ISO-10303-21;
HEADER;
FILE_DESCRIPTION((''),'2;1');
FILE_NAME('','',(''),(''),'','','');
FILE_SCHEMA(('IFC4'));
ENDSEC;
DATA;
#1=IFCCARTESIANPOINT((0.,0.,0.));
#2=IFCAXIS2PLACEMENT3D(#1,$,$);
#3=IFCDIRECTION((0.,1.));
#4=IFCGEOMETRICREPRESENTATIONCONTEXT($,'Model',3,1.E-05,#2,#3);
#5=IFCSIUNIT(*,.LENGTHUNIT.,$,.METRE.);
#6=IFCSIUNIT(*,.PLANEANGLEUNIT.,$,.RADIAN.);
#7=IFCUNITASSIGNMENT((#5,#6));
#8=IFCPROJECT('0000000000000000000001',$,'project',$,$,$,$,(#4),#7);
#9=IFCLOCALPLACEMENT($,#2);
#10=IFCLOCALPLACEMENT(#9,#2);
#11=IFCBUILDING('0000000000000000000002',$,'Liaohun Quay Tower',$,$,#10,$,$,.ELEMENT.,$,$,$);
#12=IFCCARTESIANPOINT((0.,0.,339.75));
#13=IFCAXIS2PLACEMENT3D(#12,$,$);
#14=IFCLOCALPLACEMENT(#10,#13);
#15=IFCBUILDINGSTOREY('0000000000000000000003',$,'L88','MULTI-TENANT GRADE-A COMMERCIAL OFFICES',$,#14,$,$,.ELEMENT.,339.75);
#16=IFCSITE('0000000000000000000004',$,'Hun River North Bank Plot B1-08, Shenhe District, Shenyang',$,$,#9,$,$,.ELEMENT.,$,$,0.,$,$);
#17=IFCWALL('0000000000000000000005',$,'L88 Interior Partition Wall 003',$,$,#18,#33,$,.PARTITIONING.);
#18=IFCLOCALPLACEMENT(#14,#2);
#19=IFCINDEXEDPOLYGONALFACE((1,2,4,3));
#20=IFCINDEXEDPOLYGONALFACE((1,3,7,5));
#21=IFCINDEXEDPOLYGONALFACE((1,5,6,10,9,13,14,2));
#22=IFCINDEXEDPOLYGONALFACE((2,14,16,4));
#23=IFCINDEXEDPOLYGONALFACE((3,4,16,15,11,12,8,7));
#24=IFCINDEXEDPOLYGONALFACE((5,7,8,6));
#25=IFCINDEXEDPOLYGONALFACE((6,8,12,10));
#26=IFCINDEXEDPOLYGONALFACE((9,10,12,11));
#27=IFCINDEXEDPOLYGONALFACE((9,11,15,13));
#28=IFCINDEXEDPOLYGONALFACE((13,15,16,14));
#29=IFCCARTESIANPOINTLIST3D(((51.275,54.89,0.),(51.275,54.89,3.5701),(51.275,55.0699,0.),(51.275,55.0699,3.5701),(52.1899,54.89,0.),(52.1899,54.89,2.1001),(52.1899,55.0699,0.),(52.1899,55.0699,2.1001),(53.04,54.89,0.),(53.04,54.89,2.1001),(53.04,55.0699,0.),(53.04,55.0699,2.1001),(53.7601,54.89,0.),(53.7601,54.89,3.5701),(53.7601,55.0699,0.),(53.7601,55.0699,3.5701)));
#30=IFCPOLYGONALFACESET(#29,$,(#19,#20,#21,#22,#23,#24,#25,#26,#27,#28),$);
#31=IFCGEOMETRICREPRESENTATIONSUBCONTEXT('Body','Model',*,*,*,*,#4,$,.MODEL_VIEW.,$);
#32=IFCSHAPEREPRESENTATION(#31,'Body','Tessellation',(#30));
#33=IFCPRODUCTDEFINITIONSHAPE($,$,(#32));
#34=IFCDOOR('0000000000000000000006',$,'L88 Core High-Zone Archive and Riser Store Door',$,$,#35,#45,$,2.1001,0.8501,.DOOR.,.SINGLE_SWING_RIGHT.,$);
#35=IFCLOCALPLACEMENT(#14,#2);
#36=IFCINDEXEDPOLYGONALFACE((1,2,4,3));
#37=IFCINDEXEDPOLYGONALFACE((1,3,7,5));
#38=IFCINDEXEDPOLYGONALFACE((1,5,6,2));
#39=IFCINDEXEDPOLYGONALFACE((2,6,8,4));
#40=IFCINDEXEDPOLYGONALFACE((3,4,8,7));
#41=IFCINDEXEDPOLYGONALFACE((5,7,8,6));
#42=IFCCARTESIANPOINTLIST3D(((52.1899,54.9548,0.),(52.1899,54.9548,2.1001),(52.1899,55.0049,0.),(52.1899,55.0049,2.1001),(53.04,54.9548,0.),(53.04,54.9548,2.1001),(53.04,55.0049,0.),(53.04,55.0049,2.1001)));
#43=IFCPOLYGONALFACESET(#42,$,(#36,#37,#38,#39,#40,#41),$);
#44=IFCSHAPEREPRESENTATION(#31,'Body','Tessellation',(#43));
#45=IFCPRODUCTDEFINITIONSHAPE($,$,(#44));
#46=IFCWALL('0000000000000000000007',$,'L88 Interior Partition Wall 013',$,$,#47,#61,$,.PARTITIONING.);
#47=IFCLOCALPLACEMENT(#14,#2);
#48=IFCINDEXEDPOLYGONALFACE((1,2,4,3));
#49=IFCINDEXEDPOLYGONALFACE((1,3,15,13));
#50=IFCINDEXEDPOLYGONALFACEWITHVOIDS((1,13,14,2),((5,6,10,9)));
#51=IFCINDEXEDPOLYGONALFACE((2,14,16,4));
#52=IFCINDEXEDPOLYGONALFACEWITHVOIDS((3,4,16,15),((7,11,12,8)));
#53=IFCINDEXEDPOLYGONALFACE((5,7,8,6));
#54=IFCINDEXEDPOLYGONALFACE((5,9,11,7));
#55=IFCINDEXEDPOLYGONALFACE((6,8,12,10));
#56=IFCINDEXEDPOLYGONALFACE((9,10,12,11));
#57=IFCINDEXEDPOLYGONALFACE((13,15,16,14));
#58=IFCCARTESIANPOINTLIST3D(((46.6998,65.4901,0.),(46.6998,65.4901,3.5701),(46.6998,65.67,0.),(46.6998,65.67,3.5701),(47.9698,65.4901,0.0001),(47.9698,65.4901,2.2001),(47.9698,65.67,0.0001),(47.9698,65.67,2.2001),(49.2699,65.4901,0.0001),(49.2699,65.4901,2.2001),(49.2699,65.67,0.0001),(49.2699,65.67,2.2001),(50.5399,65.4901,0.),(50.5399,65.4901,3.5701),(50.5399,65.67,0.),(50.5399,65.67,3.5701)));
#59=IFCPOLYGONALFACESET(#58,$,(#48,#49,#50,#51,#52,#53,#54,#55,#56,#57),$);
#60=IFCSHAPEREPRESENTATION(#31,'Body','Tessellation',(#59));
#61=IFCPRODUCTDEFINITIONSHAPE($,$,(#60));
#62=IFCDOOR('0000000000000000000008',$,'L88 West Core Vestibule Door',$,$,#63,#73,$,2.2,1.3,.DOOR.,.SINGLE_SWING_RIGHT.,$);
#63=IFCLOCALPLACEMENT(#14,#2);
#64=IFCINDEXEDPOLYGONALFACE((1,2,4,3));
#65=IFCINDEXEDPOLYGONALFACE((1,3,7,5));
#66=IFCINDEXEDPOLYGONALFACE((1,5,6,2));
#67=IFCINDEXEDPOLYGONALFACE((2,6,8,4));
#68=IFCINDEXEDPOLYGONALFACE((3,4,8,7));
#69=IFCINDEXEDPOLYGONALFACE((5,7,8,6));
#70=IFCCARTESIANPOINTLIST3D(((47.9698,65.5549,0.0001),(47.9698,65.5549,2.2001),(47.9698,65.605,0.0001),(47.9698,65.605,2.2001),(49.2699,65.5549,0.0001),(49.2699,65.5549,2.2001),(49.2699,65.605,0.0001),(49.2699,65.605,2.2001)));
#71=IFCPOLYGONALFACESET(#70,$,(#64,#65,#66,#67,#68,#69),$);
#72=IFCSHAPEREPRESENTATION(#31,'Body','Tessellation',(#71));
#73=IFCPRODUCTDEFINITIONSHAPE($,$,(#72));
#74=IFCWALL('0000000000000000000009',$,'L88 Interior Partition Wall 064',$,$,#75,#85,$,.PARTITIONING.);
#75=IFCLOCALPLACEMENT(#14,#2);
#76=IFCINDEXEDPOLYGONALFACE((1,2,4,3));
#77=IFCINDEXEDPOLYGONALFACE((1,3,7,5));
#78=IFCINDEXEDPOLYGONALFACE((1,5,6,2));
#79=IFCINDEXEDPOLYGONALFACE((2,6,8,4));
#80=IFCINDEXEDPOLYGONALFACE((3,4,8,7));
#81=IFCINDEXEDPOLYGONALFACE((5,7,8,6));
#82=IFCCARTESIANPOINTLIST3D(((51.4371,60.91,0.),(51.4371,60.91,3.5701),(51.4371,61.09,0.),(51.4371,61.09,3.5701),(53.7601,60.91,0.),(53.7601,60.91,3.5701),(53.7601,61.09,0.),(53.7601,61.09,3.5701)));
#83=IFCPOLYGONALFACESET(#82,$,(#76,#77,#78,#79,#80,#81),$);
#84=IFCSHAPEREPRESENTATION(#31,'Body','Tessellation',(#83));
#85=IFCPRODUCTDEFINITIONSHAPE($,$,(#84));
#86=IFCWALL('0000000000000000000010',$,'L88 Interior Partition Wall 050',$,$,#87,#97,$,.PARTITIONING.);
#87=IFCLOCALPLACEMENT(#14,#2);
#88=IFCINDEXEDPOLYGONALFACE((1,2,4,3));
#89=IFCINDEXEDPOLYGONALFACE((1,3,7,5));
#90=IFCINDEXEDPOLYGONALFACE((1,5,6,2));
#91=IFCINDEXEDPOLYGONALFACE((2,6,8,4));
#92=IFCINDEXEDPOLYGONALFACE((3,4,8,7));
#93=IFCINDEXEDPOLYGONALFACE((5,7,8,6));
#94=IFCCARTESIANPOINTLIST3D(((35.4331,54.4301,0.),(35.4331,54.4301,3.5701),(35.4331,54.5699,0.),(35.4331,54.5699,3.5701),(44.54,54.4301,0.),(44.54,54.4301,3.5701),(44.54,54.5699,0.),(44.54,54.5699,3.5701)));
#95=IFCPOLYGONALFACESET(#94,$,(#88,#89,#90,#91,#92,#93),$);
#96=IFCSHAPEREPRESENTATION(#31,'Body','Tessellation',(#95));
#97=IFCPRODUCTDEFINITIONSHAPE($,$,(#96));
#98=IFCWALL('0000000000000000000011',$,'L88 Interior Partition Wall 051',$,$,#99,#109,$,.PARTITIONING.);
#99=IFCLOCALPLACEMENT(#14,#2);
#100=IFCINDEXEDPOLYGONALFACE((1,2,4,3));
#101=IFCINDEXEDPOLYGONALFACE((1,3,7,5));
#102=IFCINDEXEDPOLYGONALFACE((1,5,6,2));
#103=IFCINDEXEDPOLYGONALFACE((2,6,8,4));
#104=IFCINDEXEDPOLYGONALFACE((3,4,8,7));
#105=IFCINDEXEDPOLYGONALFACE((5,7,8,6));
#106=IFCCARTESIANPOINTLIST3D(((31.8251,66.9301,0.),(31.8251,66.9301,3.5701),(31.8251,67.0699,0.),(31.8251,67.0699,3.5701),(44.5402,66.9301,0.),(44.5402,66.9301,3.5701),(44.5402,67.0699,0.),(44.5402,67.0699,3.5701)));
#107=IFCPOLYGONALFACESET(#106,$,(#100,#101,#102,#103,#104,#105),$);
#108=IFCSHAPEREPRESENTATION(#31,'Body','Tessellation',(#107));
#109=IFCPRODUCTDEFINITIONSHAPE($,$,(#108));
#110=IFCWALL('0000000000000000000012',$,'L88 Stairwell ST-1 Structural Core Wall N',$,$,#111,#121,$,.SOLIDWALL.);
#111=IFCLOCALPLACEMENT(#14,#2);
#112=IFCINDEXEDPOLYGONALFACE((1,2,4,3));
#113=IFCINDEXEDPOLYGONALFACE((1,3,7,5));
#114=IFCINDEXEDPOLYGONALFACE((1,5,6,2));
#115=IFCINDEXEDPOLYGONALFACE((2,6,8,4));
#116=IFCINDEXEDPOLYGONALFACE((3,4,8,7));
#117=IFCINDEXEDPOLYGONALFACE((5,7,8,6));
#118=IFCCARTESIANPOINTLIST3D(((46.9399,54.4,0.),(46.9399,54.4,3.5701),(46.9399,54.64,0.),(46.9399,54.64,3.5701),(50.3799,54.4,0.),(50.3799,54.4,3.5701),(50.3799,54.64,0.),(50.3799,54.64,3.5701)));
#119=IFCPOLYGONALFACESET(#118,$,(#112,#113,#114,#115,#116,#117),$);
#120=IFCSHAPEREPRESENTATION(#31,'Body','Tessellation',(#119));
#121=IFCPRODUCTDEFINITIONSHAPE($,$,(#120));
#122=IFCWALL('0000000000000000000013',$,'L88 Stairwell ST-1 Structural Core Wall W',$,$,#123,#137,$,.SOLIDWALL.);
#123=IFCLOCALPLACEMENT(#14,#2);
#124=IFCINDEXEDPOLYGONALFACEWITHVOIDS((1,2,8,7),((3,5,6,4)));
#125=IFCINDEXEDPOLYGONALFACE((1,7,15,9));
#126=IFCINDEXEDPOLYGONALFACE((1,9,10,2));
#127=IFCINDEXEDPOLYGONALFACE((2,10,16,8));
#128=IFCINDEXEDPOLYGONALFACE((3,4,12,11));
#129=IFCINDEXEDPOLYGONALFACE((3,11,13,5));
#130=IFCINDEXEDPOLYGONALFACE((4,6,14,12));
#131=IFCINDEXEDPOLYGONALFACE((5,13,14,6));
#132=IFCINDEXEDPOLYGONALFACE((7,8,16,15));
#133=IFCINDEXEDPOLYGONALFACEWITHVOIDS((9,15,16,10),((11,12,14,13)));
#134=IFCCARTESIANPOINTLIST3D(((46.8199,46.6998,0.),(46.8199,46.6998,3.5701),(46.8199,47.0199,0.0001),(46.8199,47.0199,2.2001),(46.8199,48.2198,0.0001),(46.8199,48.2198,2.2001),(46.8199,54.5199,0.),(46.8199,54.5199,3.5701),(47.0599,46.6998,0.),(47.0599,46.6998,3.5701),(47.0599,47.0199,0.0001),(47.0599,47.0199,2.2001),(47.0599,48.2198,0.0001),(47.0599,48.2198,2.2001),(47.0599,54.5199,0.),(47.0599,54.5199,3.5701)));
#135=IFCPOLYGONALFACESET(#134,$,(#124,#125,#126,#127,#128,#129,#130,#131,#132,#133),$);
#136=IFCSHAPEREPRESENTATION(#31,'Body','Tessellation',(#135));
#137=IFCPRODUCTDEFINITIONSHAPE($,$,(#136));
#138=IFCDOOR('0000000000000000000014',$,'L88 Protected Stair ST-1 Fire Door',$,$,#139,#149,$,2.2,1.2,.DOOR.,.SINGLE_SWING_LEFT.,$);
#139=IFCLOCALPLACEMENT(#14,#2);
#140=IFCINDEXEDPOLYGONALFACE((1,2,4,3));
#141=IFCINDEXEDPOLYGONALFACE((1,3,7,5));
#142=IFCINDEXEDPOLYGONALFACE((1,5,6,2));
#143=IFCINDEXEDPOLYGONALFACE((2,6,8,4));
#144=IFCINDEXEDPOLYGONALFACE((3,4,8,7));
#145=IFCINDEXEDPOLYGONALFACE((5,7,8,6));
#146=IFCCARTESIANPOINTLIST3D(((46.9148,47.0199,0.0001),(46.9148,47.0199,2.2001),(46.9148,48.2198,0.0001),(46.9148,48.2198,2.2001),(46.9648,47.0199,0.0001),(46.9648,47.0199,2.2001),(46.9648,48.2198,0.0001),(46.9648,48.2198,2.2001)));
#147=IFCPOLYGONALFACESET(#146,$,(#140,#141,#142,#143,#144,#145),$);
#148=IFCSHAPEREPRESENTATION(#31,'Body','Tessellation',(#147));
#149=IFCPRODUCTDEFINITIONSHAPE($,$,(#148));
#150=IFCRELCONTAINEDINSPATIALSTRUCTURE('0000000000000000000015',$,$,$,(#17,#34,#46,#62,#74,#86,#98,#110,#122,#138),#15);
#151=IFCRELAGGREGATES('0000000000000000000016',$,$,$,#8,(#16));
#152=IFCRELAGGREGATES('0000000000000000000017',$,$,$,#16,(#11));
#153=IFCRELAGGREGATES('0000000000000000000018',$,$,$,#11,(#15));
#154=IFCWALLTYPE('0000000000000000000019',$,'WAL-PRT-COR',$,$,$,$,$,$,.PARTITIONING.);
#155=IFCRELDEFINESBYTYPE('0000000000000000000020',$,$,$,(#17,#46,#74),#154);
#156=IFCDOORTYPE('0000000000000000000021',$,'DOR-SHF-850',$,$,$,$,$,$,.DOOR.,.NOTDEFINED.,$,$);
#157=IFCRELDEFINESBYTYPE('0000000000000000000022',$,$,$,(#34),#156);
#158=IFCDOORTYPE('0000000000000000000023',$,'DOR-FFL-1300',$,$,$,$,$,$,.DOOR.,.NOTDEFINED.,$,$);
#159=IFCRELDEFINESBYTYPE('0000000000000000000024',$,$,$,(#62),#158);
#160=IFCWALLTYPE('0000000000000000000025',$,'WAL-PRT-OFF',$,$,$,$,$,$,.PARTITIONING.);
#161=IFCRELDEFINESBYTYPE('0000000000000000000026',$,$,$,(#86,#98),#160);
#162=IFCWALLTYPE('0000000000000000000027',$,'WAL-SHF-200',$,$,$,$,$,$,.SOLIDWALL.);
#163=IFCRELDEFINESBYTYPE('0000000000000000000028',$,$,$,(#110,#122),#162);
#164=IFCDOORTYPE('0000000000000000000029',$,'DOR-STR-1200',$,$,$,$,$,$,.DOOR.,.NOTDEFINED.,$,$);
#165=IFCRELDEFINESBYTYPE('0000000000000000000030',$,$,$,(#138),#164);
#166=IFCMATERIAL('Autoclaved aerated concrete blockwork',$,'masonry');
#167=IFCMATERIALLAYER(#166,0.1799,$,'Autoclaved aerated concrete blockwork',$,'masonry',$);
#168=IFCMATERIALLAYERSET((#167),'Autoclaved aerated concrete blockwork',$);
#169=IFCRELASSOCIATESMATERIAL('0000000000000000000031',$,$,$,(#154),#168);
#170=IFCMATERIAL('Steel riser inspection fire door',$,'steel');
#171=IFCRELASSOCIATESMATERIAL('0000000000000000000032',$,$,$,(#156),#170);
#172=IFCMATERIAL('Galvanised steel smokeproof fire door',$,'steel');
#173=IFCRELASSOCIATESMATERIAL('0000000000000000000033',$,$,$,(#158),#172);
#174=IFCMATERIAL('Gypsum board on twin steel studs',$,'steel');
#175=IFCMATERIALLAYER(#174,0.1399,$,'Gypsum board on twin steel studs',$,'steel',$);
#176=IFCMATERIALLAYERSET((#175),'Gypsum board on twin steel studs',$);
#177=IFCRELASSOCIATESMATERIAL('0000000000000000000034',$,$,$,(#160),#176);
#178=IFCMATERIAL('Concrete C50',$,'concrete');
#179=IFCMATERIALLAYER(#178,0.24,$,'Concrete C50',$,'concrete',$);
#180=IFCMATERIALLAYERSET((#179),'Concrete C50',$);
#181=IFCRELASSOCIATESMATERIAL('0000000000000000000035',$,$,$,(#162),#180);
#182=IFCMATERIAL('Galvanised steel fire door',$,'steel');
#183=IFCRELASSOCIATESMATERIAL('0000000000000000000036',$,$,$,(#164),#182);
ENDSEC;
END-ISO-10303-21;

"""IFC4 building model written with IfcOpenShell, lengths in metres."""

from ifc_helpers import new_model, si_unit, direction, frame, frame_2d, origin, place, context, subcontext, project, spatial, rectangle, extrude, source, transform, mapped, material, layer, layer_set, type_object, element, fill, save


model = new_model("IFC4")

# Units and contexts
model_context = context("Model", 3, precision=1e-05, world=origin(), true_north=direction((0.0, 1.0)))
body_context = subcontext(model_context, "Body", "Model", "MODEL_VIEW")
ifc_project = project(units=[si_unit("LENGTHUNIT", "METRE"), si_unit("PLANEANGLEUNIT", "RADIAN")], contexts=[model_context])

# Site, building, storey
site_placement = place(None, origin())
site = spatial("IfcSite", under=ifc_project, at=site_placement, Name="Hun River North Bank Plot B1-08, Shenhe District, Shenyang", CompositionType="ELEMENT", RefElevation=0.0)
building_placement = place(site_placement, origin())
building = spatial("IfcBuilding", under=site, at=building_placement, Name="Liaohun Quay Tower", CompositionType="ELEMENT")
storey_placement = place(building_placement, frame((0.0, 0.0, 339.75)))
storey = spatial("IfcBuildingStorey", under=building, at=storey_placement, Name="L88", Description="MULTI-TENANT GRADE-A COMMERCIAL OFFICES", CompositionType="ELEMENT", Elevation=339.75)

# Shared definitions
ifc_material_1 = material(Name="Concrete C50", Category="concrete")

# Walls, openings, doors
ifc_material_2 = material(Name="Autoclaved aerated concrete blockwork", Category="masonry")
ifc_layer_1 = layer(ifc_material_2, 0.1799, Name="Autoclaved aerated concrete blockwork", Category="masonry")
ifc_layer_set_1 = layer_set([ifc_layer_1], Name="Autoclaved aerated concrete blockwork")
wall_type_1 = type_object("IfcWallType", Name="WAL-PRT-COR", PredefinedType="PARTITIONING", material=ifc_layer_set_1)
wall_1_placement = place(storey_placement, frame((51.2749, 54.98, 0.0), z_axis=(0.0, 0.0, 1.0), x_axis=(1.0, 0.0, 0.0)))
wall_1 = element("IfcWall", 1, at=wall_1_placement, inside=storey, type_object=wall_type_1, Name="L88 Interior Partition Wall 003", PredefinedType="PARTITIONING", context=body_context, shape_type="SweptSolid", body=[
    extrude(rectangle(XDim=2.4851, YDim=0.1799, at=frame_2d((1.2427, 0.0))), origin(), (0.0, 0.0, 1.0), 3.5701),
])
shared_shape_1 = source(origin(), body_context, "Body", "SweptSolid", [
    extrude(rectangle(XDim=0.8501, YDim=2.1001, at=frame_2d((0.425, 1.05))), frame((0.0, 0.0999, 0.0), z_axis=(0.0, -1.0, 0.0), x_axis=(1.0, 0.0, 0.0)), (0.0, 0.0, 1.0), 0.2),
])
opening_1_placement = place(wall_1_placement, frame((0.915, 0.0, 0.0)))
opening_1 = element("IfcOpeningElement", 2, at=opening_1_placement, cuts=wall_1, PredefinedType="OPENING", context=body_context, shape_type="MappedRepresentation", body=[
    mapped(shared_shape_1, transform((0.0, 0.0, 0.0), x_axis=(1.0, 0.0, 0.0), y_axis=(0.0, 1.0, 0.0), z_axis=(0.0, 0.0, 1.0), scale=1.0)),
])
ifc_material_3 = material(Name="Steel riser inspection fire door", Category="steel")
door_type_1 = type_object("IfcDoorType", Name="DOR-SHF-850", OperationType="NOTDEFINED", PredefinedType="DOOR", material=ifc_material_3)
shared_shape_2 = source(origin(), body_context, "Body", "SweptSolid", [
    extrude(rectangle(XDim=0.8501, YDim=2.1001, at=frame_2d((0.425, 1.05))), frame((0.0, 0.0249, 0.0), z_axis=(0.0, -1.0, 0.0), x_axis=(1.0, 0.0, 0.0)), (0.0, 0.0, 1.0), 0.05),
])
door_1_placement = place(opening_1_placement, origin())
door_1 = element("IfcDoor", 3, at=door_1_placement, inside=storey, type_object=door_type_1, Name="L88 Core High-Zone Archive and Riser Store Door", OperationType="SINGLE_SWING_RIGHT", OverallHeight=2.1001, OverallWidth=0.8501, PredefinedType="DOOR", context=body_context, shape_type="MappedRepresentation", body=[
    mapped(shared_shape_2, transform((0.0, 0.0, 0.0), x_axis=(1.0, 0.0, 0.0), y_axis=(0.0, 1.0, 0.0), z_axis=(0.0, 0.0, 1.0), scale=1.0)),
])
fill(opening_1, door_1)
wall_2_placement = place(storey_placement, frame((46.7, 65.5801, 0.0), z_axis=(0.0, 0.0, 1.0), x_axis=(1.0, 0.0, 0.0)))
wall_2 = element("IfcWall", 4, at=wall_2_placement, inside=storey, type_object=wall_type_1, Name="L88 Interior Partition Wall 013", PredefinedType="PARTITIONING", context=body_context, shape_type="SweptSolid", body=[
    extrude(rectangle(XDim=3.8401, YDim=0.1799, at=frame_2d((1.9199, 0.0))), origin(), (0.0, 0.0, 1.0), 3.5701),
])
shared_shape_3 = source(origin(), body_context, "Body", "SweptSolid", [
    extrude(rectangle(XDim=1.3, YDim=2.2, at=frame_2d((0.6499, 1.1001))), frame((0.0, 0.0999, 0.0), z_axis=(0.0, -1.0, 0.0), x_axis=(1.0, 0.0, 0.0)), (0.0, 0.0, 1.0), 0.2),
])
opening_2_placement = place(wall_2_placement, frame((1.27, 0.0, 0.0)))
opening_2 = element("IfcOpeningElement", 5, at=opening_2_placement, cuts=wall_2, PredefinedType="OPENING", context=body_context, shape_type="MappedRepresentation", body=[
    mapped(shared_shape_3, transform((0.0, 0.0, 0.0), x_axis=(1.0, 0.0, 0.0), y_axis=(0.0, 1.0, 0.0), z_axis=(0.0, 0.0, 1.0), scale=1.0)),
])
ifc_material_4 = material(Name="Galvanised steel smokeproof fire door", Category="steel")
door_type_2 = type_object("IfcDoorType", Name="DOR-FFL-1300", OperationType="NOTDEFINED", PredefinedType="DOOR", material=ifc_material_4)
shared_shape_4 = source(origin(), body_context, "Body", "SweptSolid", [
    extrude(rectangle(XDim=1.3, YDim=2.2, at=frame_2d((0.6499, 1.1001))), frame((0.0, 0.0249, 0.0), z_axis=(0.0, -1.0, 0.0), x_axis=(1.0, 0.0, 0.0)), (0.0, 0.0, 1.0), 0.05),
])
door_2_placement = place(opening_2_placement, origin())
door_2 = element("IfcDoor", 6, at=door_2_placement, inside=storey, type_object=door_type_2, Name="L88 West Core Vestibule Door", OperationType="SINGLE_SWING_RIGHT", OverallHeight=2.2, OverallWidth=1.3, PredefinedType="DOOR", context=body_context, shape_type="MappedRepresentation", body=[
    mapped(shared_shape_4, transform((0.0, 0.0, 0.0), x_axis=(1.0, 0.0, 0.0), y_axis=(0.0, 1.0, 0.0), z_axis=(0.0, 0.0, 1.0), scale=1.0)),
])
fill(opening_2, door_2)

# Walls
wall_3_placement = place(storey_placement, frame((51.437, 61.0, 0.0), z_axis=(0.0, 0.0, 1.0), x_axis=(1.0, 0.0, 0.0)))
element("IfcWall", 7, at=wall_3_placement, inside=storey, type_object=wall_type_1, Name="L88 Interior Partition Wall 064", PredefinedType="PARTITIONING", context=body_context, shape_type="SweptSolid", body=[
    extrude(rectangle(XDim=2.323, YDim=0.1799, at=frame_2d((1.1616, 0.0))), origin(), (0.0, 0.0, 1.0), 3.5701),
])
ifc_material_5 = material(Name="Gypsum board on twin steel studs", Category="steel")
ifc_layer_2 = layer(ifc_material_5, 0.1399, Name="Gypsum board on twin steel studs", Category="steel")
ifc_layer_set_2 = layer_set([ifc_layer_2], Name="Gypsum board on twin steel studs")
wall_type_2 = type_object("IfcWallType", Name="WAL-PRT-OFF", PredefinedType="PARTITIONING", material=ifc_layer_set_2)
wall_4_placement = place(storey_placement, frame((44.54, 54.5, 0.0), z_axis=(0.0, 0.0, 1.0), x_axis=(-1.0, 0.0, 0.0)))
element("IfcWall", 8, at=wall_4_placement, inside=storey, type_object=wall_type_2, Name="L88 Interior Partition Wall 050", PredefinedType="PARTITIONING", context=body_context, shape_type="SweptSolid", body=[
    extrude(rectangle(XDim=9.1069, YDim=0.1399, at=frame_2d((4.5535, 0.0))), origin(), (0.0, 0.0, 1.0), 3.5701),
])
wall_5_placement = place(storey_placement, frame((44.54, 67.0, 0.0), z_axis=(0.0, 0.0, 1.0), x_axis=(-1.0, 0.0, 0.0)))
element("IfcWall", 9, at=wall_5_placement, inside=storey, type_object=wall_type_2, Name="L88 Interior Partition Wall 051", PredefinedType="PARTITIONING", context=body_context, shape_type="SweptSolid", body=[
    extrude(rectangle(XDim=12.7151, YDim=0.1399, at=frame_2d((6.3574, 0.0))), origin(), (0.0, 0.0, 1.0), 3.5701),
])
ifc_layer_3 = layer(ifc_material_1, 0.24, Name="Concrete C50", Category="concrete")
ifc_layer_set_3 = layer_set([ifc_layer_3], Name="Concrete C50")
wall_type_3 = type_object("IfcWallType", Name="WAL-SHF-200", PredefinedType="SOLIDWALL", material=ifc_layer_set_3)
wall_6_placement = place(storey_placement, frame((50.3799, 54.52, 0.0), z_axis=(0.0, 0.0, 1.0), x_axis=(-1.0, 0.0, 0.0)))
element("IfcWall", 10, at=wall_6_placement, inside=storey, type_object=wall_type_3, Name="L88 Stairwell ST-1 Structural Core Wall N", PredefinedType="SOLIDWALL", context=body_context, shape_type="SweptSolid", body=[
    extrude(rectangle(XDim=3.4399, YDim=0.24, at=frame_2d((1.72, 0.0))), origin(), (0.0, 0.0, 1.0), 3.5701),
])

# Wall, opening, door
wall_7_placement = place(storey_placement, frame((46.9399, 54.52, 0.0), z_axis=(0.0, 0.0, 1.0), x_axis=(0.0, -1.0, 0.0)))
wall_7 = element("IfcWall", 11, at=wall_7_placement, inside=storey, type_object=wall_type_3, Name="L88 Stairwell ST-1 Structural Core Wall W", PredefinedType="SOLIDWALL", context=body_context, shape_type="SweptSolid", body=[
    extrude(rectangle(XDim=7.8201, YDim=0.24, at=frame_2d((3.9102, 0.0))), origin(), (0.0, 0.0, 1.0), 3.5701),
])
shared_shape_5 = source(origin(), body_context, "Body", "SweptSolid", [
    extrude(rectangle(XDim=1.2, YDim=2.2, at=frame_2d((0.6001, 1.1001))), frame((0.0, 0.1299, 0.0), z_axis=(0.0, -1.0, 0.0), x_axis=(1.0, 0.0, 0.0)), (0.0, 0.0, 1.0), 0.26),
])
opening_3_placement = place(wall_7_placement, frame((6.3, 0.0, 0.0)))
opening_3 = element("IfcOpeningElement", 12, at=opening_3_placement, cuts=wall_7, PredefinedType="OPENING", context=body_context, shape_type="MappedRepresentation", body=[
    mapped(shared_shape_5, transform((0.0, 0.0, 0.0), x_axis=(1.0, 0.0, 0.0), y_axis=(0.0, 1.0, 0.0), z_axis=(0.0, 0.0, 1.0), scale=1.0)),
])
ifc_material_6 = material(Name="Galvanised steel fire door", Category="steel")
door_type_3 = type_object("IfcDoorType", Name="DOR-STR-1200", OperationType="NOTDEFINED", PredefinedType="DOOR", material=ifc_material_6)
shared_shape_6 = source(origin(), body_context, "Body", "SweptSolid", [
    extrude(rectangle(XDim=1.2, YDim=2.2, at=frame_2d((0.6001, 1.1001))), frame((0.0, 0.0249, 0.0), z_axis=(0.0, -1.0, 0.0), x_axis=(1.0, 0.0, 0.0)), (0.0, 0.0, 1.0), 0.05),
])
door_3_placement = place(opening_3_placement, origin())
door_3 = element("IfcDoor", 13, at=door_3_placement, inside=storey, type_object=door_type_3, Name="L88 Protected Stair ST-1 Fire Door", OperationType="SINGLE_SWING_LEFT", OverallHeight=2.2, OverallWidth=1.2, PredefinedType="DOOR", context=body_context, shape_type="MappedRepresentation", body=[
    mapped(shared_shape_6, transform((0.0, 0.0, 0.0), x_axis=(1.0, 0.0, 0.0), y_axis=(0.0, 1.0, 0.0), z_axis=(0.0, 0.0, 1.0), scale=1.0)),
])
fill(opening_3, door_3)

save(model, "model.ifc")
